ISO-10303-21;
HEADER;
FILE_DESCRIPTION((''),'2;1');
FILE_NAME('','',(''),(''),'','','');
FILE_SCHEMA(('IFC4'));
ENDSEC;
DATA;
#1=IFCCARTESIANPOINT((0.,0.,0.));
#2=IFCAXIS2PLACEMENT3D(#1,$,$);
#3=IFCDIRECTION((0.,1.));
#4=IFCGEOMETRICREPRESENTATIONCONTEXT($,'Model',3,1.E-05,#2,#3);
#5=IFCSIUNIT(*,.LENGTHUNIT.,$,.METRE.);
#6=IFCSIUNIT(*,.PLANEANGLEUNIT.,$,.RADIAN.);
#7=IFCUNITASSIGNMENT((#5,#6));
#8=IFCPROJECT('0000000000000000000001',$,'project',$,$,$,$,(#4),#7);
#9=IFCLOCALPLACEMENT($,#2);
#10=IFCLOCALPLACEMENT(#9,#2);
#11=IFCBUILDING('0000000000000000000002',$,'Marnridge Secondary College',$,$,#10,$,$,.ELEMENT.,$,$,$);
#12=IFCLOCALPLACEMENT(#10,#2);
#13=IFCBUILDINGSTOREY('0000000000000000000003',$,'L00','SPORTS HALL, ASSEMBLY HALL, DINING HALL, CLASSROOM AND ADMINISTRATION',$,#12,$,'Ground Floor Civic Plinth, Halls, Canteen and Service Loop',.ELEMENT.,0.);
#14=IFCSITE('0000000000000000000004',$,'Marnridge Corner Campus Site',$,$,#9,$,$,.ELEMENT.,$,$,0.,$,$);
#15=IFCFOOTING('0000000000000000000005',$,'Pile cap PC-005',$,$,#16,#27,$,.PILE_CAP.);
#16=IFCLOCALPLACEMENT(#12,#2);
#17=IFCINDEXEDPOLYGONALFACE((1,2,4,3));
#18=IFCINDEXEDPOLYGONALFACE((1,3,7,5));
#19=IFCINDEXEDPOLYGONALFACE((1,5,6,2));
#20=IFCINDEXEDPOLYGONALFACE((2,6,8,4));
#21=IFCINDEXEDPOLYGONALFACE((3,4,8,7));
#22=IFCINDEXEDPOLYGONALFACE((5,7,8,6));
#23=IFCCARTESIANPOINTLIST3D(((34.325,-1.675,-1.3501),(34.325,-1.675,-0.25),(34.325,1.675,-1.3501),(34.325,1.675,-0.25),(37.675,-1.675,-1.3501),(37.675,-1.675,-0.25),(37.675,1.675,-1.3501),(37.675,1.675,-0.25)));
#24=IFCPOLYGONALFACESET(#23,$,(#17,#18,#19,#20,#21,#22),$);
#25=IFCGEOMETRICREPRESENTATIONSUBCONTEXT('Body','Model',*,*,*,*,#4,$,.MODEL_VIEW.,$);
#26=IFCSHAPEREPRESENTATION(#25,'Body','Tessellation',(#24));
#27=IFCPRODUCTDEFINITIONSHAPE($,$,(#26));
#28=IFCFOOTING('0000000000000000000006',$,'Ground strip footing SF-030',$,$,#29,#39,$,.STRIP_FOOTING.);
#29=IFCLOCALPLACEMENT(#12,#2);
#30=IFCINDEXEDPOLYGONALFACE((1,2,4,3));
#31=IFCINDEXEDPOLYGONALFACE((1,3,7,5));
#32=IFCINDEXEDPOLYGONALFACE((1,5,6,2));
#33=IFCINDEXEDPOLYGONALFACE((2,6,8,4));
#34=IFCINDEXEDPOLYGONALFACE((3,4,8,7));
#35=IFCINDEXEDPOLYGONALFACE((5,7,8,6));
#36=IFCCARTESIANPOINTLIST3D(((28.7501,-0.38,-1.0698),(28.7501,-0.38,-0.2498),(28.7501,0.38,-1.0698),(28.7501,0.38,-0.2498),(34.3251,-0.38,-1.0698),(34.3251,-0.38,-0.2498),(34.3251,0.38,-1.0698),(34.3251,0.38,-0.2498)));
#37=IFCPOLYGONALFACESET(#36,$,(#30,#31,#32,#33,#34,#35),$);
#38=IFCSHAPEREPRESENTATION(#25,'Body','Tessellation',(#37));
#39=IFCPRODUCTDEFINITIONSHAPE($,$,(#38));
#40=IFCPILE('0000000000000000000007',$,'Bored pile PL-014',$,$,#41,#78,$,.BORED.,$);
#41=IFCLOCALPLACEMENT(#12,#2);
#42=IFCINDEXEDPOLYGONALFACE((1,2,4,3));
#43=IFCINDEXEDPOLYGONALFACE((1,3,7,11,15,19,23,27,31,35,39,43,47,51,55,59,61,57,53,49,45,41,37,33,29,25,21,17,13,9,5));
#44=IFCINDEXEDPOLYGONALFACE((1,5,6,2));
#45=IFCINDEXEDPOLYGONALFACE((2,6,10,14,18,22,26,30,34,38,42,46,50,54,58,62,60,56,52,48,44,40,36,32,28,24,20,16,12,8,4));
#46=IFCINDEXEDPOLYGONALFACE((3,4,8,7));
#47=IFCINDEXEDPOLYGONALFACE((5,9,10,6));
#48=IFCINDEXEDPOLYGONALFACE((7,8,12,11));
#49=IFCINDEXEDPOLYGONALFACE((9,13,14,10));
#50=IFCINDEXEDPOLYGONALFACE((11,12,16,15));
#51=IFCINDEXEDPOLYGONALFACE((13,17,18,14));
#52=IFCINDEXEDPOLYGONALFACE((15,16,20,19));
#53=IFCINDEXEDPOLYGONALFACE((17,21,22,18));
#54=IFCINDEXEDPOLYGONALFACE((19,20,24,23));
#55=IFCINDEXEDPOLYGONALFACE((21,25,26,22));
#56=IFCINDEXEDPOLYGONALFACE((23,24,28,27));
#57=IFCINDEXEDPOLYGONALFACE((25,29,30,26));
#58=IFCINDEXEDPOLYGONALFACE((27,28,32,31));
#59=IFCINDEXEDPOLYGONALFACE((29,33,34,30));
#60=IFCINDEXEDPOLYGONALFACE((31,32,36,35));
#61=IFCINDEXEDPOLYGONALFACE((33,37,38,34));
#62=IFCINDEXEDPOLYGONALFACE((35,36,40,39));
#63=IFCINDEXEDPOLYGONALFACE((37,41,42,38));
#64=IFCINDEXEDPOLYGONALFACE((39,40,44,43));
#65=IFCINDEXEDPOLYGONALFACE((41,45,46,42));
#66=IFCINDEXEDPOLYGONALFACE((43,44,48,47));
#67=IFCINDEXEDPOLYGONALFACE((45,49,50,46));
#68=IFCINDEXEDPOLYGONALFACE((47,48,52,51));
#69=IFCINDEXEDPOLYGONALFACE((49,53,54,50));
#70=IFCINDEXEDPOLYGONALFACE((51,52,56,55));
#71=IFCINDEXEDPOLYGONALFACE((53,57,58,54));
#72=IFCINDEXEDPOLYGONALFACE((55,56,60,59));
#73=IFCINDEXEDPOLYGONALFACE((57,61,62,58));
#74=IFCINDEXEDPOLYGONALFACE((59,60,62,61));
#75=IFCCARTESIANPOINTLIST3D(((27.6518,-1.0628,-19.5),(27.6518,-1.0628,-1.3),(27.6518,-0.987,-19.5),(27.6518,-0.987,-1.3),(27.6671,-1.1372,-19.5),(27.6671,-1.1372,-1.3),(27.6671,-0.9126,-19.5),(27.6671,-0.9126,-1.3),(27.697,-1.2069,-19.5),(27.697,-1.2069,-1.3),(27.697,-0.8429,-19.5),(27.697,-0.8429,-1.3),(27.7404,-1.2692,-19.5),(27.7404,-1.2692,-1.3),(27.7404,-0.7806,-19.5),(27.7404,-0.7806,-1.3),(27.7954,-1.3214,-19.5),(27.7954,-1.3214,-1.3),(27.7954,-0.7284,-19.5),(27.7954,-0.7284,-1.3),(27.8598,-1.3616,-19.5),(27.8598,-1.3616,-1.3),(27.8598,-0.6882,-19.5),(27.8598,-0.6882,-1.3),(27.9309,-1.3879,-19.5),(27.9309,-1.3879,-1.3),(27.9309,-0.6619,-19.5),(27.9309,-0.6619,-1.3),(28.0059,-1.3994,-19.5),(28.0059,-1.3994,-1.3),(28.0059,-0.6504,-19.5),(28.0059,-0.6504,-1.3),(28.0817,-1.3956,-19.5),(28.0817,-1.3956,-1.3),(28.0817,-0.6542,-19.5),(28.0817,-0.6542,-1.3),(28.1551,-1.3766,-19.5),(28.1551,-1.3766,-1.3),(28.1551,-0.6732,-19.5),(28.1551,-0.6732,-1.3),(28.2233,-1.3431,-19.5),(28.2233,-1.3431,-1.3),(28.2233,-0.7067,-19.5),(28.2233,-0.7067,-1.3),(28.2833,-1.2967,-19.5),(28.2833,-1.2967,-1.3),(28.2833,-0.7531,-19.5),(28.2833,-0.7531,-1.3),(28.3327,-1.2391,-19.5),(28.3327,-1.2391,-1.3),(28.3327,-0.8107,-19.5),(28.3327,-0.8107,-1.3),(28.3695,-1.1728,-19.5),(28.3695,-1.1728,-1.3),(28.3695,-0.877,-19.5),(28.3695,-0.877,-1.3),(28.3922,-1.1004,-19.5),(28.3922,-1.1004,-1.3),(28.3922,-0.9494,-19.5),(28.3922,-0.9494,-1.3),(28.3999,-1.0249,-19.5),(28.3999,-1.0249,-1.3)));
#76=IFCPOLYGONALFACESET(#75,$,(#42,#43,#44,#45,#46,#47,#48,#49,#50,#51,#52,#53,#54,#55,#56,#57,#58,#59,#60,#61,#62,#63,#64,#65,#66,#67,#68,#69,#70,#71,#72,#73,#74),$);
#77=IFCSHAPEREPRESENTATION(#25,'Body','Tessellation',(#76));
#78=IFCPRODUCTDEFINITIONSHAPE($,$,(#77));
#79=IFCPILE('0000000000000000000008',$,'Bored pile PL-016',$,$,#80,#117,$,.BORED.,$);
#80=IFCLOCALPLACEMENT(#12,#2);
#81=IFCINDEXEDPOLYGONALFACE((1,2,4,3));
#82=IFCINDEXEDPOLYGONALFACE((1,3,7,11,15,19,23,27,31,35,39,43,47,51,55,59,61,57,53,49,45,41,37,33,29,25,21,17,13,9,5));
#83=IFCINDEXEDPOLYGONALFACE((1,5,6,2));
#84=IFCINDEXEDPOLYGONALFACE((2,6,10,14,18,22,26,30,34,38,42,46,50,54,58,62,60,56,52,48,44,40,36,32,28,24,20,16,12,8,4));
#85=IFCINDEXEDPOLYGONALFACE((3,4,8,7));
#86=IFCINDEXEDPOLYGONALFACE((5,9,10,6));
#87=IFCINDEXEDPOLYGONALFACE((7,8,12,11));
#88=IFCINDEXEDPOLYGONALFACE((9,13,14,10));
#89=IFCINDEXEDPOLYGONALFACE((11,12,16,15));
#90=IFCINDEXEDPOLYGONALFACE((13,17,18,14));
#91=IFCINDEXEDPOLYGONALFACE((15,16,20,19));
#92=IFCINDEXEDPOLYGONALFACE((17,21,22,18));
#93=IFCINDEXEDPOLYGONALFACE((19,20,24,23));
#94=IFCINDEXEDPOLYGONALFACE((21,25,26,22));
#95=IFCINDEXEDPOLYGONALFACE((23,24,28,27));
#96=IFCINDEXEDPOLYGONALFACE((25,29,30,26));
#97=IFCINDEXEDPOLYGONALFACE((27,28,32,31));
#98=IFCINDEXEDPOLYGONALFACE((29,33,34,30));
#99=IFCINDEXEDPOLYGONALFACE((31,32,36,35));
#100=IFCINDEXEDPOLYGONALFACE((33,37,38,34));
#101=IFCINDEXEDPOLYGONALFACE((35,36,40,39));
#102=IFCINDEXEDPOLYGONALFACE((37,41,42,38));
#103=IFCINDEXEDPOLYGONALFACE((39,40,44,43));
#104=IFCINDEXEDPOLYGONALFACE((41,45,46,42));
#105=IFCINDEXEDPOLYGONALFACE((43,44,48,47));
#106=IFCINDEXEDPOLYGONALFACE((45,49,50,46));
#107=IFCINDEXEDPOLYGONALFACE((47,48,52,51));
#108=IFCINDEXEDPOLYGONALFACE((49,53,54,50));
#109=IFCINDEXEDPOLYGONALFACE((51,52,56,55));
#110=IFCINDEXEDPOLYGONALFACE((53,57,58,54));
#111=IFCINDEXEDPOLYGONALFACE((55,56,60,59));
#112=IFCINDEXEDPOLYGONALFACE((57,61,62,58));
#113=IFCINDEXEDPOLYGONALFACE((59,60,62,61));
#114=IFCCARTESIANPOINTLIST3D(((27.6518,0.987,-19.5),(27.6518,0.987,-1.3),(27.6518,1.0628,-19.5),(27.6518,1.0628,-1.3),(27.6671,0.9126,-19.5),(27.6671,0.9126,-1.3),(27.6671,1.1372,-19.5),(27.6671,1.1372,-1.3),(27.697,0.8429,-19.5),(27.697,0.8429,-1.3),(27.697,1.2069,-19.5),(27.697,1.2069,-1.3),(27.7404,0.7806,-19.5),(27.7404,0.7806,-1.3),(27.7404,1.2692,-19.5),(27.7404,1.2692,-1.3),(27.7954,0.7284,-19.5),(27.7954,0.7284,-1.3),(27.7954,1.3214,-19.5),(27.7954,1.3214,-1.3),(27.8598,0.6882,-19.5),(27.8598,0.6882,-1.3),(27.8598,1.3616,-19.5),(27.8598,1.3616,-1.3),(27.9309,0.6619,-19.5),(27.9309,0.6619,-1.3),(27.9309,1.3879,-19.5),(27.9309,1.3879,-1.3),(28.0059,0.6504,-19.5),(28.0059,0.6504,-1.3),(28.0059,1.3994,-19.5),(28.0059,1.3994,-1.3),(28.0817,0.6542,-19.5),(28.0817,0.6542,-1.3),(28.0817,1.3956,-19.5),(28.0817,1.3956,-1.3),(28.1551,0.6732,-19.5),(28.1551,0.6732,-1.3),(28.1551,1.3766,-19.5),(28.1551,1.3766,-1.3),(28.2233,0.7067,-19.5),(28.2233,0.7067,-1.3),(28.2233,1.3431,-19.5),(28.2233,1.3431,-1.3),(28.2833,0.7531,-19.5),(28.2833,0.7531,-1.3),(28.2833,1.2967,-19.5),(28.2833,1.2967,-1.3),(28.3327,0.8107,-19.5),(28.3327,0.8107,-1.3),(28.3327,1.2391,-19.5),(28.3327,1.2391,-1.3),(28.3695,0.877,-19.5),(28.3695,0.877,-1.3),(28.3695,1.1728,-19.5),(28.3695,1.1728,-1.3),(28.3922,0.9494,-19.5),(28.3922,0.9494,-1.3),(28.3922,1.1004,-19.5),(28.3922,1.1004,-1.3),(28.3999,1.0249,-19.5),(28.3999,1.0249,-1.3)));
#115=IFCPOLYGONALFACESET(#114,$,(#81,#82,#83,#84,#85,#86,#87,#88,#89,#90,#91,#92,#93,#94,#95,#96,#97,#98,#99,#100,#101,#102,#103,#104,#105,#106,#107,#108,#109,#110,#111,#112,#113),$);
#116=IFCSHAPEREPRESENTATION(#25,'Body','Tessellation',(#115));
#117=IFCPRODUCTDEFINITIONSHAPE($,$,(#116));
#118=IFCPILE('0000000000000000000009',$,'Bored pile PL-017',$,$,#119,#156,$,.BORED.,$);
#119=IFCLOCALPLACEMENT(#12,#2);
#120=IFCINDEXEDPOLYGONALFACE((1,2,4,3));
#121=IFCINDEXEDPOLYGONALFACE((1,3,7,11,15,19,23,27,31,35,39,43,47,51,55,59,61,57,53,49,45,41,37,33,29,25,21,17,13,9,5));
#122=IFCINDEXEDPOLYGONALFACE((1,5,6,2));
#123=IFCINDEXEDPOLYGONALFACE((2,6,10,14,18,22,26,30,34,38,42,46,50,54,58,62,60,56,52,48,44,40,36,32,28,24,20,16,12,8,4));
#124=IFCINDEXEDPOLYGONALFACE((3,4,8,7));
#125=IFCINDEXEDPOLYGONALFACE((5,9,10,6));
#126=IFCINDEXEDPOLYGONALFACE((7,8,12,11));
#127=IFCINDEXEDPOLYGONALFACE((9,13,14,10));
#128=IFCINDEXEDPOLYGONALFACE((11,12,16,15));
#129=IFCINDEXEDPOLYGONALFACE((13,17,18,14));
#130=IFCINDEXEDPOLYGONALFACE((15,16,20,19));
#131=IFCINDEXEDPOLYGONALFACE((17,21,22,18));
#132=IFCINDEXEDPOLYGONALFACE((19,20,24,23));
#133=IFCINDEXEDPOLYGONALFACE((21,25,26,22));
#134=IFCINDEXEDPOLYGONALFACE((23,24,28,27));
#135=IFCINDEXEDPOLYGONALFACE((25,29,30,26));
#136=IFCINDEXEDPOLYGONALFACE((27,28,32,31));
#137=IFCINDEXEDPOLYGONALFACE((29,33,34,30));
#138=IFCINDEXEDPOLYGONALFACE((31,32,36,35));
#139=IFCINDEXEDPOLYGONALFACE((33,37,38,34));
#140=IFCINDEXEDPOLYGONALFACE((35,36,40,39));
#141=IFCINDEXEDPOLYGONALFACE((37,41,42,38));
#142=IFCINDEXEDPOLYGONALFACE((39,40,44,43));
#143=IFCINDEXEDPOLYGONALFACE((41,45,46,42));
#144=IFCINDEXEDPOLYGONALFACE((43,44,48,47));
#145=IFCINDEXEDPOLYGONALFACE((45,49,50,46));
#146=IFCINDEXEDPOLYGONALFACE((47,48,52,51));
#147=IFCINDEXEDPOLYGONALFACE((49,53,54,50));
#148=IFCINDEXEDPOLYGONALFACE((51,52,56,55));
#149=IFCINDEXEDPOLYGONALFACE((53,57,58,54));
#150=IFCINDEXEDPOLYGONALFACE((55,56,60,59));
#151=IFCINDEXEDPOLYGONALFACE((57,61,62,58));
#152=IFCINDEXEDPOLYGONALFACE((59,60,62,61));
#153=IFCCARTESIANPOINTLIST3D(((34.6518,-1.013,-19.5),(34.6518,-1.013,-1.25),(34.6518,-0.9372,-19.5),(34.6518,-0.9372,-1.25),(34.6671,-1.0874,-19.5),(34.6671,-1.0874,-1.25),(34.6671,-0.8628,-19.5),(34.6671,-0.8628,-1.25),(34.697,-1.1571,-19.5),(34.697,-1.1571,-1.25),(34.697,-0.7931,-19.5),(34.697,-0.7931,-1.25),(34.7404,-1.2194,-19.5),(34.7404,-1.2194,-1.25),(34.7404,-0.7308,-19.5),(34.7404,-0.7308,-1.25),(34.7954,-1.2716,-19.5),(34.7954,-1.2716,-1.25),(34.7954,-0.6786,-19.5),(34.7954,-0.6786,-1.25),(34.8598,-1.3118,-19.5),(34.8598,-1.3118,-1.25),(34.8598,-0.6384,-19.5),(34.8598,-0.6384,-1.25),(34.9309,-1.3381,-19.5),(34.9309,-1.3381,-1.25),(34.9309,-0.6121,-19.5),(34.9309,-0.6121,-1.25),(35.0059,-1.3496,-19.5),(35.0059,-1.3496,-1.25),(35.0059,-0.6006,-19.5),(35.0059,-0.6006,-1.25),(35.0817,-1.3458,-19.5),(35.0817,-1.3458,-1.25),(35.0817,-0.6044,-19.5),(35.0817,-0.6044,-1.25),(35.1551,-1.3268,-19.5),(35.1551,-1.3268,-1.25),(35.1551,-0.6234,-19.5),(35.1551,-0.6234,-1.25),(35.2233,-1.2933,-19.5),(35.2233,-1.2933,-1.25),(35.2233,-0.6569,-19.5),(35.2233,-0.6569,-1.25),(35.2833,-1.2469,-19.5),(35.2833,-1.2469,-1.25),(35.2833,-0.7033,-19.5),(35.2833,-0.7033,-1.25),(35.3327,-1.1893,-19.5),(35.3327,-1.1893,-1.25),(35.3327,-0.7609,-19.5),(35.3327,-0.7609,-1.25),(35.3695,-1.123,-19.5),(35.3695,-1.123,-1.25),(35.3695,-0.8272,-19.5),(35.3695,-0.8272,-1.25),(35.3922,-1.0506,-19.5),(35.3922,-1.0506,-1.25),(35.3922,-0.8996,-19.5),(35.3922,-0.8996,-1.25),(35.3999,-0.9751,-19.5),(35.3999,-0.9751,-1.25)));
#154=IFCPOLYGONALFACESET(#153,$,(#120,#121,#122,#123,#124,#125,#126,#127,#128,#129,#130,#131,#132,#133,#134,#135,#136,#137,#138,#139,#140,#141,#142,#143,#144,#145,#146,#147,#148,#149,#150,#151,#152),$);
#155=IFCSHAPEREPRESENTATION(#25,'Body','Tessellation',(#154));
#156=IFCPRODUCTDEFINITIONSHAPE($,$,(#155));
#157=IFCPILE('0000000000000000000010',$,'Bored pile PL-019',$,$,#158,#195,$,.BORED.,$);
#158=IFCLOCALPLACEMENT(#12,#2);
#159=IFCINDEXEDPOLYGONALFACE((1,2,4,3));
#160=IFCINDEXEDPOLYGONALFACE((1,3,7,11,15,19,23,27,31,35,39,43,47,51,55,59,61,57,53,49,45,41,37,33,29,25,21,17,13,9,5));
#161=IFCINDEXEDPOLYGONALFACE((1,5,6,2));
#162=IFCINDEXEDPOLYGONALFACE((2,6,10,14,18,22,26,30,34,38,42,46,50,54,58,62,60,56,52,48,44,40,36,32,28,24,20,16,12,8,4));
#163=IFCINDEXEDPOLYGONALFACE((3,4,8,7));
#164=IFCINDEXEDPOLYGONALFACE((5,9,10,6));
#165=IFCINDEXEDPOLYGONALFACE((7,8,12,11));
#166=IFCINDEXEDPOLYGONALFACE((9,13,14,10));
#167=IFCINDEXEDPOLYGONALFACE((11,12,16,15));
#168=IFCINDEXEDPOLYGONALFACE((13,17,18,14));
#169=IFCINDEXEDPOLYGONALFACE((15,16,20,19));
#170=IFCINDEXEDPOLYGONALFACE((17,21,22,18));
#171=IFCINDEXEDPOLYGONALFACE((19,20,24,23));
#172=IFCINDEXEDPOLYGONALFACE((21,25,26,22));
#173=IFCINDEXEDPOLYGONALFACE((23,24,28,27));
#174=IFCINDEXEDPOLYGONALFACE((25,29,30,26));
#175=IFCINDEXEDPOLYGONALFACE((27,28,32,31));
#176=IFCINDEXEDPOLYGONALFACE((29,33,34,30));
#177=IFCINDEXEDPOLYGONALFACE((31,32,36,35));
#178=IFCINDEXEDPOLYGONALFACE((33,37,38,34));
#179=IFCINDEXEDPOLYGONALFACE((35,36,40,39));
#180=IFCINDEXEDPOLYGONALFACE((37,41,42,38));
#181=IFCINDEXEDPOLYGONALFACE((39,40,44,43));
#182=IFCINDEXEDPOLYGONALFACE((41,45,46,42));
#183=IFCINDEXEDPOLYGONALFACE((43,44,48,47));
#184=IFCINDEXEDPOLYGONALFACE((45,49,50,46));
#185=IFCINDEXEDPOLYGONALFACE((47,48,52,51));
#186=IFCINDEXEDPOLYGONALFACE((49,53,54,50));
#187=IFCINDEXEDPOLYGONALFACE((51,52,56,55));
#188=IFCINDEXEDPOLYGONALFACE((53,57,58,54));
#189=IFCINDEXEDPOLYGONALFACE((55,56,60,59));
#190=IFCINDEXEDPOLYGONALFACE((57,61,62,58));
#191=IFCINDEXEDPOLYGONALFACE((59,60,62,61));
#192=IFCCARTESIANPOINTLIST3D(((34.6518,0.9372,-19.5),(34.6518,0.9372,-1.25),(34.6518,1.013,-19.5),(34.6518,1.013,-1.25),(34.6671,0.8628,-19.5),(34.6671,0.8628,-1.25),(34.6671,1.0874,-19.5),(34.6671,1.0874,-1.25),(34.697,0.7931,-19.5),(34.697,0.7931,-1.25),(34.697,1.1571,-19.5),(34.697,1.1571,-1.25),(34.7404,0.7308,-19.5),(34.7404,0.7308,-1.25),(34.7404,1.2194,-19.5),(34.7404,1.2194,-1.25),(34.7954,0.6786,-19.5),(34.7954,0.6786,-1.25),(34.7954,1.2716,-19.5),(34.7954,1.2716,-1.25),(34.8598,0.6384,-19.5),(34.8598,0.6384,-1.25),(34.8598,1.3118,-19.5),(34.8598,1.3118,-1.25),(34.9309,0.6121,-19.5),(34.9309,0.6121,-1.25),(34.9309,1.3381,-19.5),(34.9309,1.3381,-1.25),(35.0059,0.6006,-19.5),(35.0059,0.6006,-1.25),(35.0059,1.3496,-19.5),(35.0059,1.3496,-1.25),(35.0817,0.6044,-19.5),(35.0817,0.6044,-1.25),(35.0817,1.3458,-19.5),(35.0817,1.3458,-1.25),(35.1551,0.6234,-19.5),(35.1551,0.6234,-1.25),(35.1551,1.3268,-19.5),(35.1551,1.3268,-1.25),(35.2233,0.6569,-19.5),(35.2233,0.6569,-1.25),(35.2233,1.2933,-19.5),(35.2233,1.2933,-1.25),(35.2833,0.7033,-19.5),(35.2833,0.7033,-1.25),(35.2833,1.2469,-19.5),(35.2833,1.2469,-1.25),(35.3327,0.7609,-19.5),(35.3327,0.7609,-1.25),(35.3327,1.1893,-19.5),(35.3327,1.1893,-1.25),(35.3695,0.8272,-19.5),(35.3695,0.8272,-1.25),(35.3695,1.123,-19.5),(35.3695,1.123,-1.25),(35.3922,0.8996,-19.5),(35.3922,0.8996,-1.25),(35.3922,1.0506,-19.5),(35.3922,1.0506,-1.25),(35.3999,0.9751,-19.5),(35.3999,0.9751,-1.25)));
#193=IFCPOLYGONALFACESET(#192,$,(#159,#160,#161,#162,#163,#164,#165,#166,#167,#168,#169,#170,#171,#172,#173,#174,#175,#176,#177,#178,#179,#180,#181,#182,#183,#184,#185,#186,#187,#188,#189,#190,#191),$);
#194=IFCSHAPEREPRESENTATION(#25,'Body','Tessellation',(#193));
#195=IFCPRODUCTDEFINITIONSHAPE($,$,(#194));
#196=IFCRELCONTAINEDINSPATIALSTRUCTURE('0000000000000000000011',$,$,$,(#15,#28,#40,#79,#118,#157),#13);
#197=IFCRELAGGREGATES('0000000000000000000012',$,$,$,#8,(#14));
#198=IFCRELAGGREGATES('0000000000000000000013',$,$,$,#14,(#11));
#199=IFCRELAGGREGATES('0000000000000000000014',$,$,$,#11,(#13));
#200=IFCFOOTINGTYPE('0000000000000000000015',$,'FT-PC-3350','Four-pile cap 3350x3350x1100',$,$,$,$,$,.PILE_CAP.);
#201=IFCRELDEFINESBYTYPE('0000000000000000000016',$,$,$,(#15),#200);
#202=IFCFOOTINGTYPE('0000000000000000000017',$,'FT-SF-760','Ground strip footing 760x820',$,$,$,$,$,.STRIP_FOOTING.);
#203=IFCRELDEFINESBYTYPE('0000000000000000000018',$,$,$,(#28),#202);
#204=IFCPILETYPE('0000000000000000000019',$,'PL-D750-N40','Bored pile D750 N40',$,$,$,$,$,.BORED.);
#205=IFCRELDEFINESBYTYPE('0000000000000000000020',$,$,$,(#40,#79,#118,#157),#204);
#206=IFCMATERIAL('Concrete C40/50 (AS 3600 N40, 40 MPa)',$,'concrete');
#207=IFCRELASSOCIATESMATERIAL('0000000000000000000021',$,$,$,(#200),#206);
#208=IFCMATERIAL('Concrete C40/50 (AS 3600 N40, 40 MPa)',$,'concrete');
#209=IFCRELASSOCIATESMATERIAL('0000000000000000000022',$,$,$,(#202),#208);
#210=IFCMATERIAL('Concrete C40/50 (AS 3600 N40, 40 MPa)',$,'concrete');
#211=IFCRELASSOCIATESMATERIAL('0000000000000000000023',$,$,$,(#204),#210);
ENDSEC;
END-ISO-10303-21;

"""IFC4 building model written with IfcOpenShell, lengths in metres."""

from ifc_helpers import new_model, si_unit, direction, frame, origin, origin_2d, place, context, subcontext, project, spatial, rectangle, circle, extrude, material, material_profile, profile_set, type_object, element, save


model = new_model("IFC4")

# Units and contexts
model_context = context("Model", 3, precision=1e-05, world=origin(), true_north=direction((0.0, 1.0)))
body_context = subcontext(model_context, "Body", "Model", "MODEL_VIEW")
ifc_project = project(units=[si_unit("LENGTHUNIT", "METRE"), si_unit("PLANEANGLEUNIT", "RADIAN")], contexts=[model_context])

# Site, building, storey
site_placement = place(None, origin())
site = spatial("IfcSite", under=ifc_project, at=site_placement, Name="Marnridge Corner Campus Site", CompositionType="ELEMENT", RefElevation=0.0)
building_placement = place(site_placement, origin())
building = spatial("IfcBuilding", under=site, at=building_placement, Name="Marnridge Secondary College", CompositionType="ELEMENT")
storey_placement = place(building_placement, origin())
storey = spatial("IfcBuildingStorey", under=building, at=storey_placement, Name="L00", Description="SPORTS HALL, ASSEMBLY HALL, DINING HALL, CLASSROOM AND ADMINISTRATION", LongName="Ground Floor Civic Plinth, Halls, Canteen and Service Loop", CompositionType="ELEMENT", Elevation=0.0)

# Footings
ifc_material_1 = material(Name="Concrete C40/50 (AS 3600 N40, 40 MPa)", Category="concrete")
footing_type_1 = type_object("IfcFootingType", Name="FT-PC-3350", Description="Four-pile cap 3350x3350x1100", PredefinedType="PILE_CAP", material=ifc_material_1)
footing_1_placement = place(storey_placement, frame((36.0, 0.0, -1.3501), z_axis=(0.0, 0.0, 1.0), x_axis=(1.0, 0.0, 0.0)))
element("IfcFooting", 1, at=footing_1_placement, inside=storey, type_object=footing_type_1, Name="Pile cap PC-005", PredefinedType="PILE_CAP", context=body_context, shape_type="SweptSolid", body=[
    extrude(rectangle(XDim=3.3501, YDim=3.3501, at=origin_2d()), origin(), (0.0, 0.0, 1.0), 1.1001),
])
ifc_material_2 = material(Name="Concrete C40/50 (AS 3600 N40, 40 MPa)", Category="concrete")
footing_type_2 = type_object("IfcFootingType", Name="FT-SF-760", Description="Ground strip footing 760x820", PredefinedType="STRIP_FOOTING", material=ifc_material_2)
footing_2_placement = place(storey_placement, frame((31.5376, 0.0, -1.0698), z_axis=(0.0, 0.0, 1.0), x_axis=(1.0, 0.0, 0.0)))
element("IfcFooting", 2, at=footing_2_placement, inside=storey, type_object=footing_type_2, Name="Ground strip footing SF-030", PredefinedType="STRIP_FOOTING", context=body_context, shape_type="SweptSolid", body=[
    extrude(rectangle(XDim=5.575, YDim=0.76, at=origin_2d()), origin(), (0.0, 0.0, 1.0), 0.8201),
])

# Piles
ifc_material_3 = material(Name="Concrete C40/50 (AS 3600 N40, 40 MPa)", Category="concrete")
ifc_material_profile_1 = material_profile(ifc_material_3, circle(Radius=0.375, at=origin_2d()), Name="PILE D750")
ifc_profile_set_1 = profile_set([ifc_material_profile_1], Name="Concrete C40/50 (AS 3600 N40, 40 MPa)")
pile_type = type_object("IfcPileType", Name="PL-D750-N40", Description="Bored pile D750 N40", PredefinedType="BORED", material=ifc_profile_set_1)
for number, where, z_axis, x_axis, name in (
    (3, (28.0249, -1.0249, -1.3), (0.0, 0.0, -1.0), (1.0, 0.0, 0.0), "Bored pile PL-014"),
    (4, (28.0249, 1.0249, -1.3), (0.0, 0.0, -1.0), (1.0, 0.0, 0.0), "Bored pile PL-016"),
):
    element("IfcPile", number, at=place(storey_placement, frame(where, z_axis=z_axis, x_axis=x_axis)), inside=storey, type_object=pile_type, Name=name, PredefinedType="BORED", context=body_context, shape_type="SweptSolid", body=[
        extrude(circle(Radius=0.375, at=origin_2d()), origin(), (0.0, 0.0, 1.0), 18.2),
    ])
for number, where, z_axis, x_axis, name in (
    (5, (35.0249, -0.9751, -1.25), (0.0, 0.0, -1.0), (1.0, 0.0, 0.0), "Bored pile PL-017"),
    (6, (35.0249, 0.9751, -1.25), (0.0, 0.0, -1.0), (1.0, 0.0, 0.0), "Bored pile PL-019"),
):
    element("IfcPile", number, at=place(storey_placement, frame(where, z_axis=z_axis, x_axis=x_axis)), inside=storey, type_object=pile_type, Name=name, PredefinedType="BORED", context=body_context, shape_type="SweptSolid", body=[
        extrude(circle(Radius=0.375, at=origin_2d()), origin(), (0.0, 0.0, 1.0), 18.25),
    ])

save(model, "model.ifc")
